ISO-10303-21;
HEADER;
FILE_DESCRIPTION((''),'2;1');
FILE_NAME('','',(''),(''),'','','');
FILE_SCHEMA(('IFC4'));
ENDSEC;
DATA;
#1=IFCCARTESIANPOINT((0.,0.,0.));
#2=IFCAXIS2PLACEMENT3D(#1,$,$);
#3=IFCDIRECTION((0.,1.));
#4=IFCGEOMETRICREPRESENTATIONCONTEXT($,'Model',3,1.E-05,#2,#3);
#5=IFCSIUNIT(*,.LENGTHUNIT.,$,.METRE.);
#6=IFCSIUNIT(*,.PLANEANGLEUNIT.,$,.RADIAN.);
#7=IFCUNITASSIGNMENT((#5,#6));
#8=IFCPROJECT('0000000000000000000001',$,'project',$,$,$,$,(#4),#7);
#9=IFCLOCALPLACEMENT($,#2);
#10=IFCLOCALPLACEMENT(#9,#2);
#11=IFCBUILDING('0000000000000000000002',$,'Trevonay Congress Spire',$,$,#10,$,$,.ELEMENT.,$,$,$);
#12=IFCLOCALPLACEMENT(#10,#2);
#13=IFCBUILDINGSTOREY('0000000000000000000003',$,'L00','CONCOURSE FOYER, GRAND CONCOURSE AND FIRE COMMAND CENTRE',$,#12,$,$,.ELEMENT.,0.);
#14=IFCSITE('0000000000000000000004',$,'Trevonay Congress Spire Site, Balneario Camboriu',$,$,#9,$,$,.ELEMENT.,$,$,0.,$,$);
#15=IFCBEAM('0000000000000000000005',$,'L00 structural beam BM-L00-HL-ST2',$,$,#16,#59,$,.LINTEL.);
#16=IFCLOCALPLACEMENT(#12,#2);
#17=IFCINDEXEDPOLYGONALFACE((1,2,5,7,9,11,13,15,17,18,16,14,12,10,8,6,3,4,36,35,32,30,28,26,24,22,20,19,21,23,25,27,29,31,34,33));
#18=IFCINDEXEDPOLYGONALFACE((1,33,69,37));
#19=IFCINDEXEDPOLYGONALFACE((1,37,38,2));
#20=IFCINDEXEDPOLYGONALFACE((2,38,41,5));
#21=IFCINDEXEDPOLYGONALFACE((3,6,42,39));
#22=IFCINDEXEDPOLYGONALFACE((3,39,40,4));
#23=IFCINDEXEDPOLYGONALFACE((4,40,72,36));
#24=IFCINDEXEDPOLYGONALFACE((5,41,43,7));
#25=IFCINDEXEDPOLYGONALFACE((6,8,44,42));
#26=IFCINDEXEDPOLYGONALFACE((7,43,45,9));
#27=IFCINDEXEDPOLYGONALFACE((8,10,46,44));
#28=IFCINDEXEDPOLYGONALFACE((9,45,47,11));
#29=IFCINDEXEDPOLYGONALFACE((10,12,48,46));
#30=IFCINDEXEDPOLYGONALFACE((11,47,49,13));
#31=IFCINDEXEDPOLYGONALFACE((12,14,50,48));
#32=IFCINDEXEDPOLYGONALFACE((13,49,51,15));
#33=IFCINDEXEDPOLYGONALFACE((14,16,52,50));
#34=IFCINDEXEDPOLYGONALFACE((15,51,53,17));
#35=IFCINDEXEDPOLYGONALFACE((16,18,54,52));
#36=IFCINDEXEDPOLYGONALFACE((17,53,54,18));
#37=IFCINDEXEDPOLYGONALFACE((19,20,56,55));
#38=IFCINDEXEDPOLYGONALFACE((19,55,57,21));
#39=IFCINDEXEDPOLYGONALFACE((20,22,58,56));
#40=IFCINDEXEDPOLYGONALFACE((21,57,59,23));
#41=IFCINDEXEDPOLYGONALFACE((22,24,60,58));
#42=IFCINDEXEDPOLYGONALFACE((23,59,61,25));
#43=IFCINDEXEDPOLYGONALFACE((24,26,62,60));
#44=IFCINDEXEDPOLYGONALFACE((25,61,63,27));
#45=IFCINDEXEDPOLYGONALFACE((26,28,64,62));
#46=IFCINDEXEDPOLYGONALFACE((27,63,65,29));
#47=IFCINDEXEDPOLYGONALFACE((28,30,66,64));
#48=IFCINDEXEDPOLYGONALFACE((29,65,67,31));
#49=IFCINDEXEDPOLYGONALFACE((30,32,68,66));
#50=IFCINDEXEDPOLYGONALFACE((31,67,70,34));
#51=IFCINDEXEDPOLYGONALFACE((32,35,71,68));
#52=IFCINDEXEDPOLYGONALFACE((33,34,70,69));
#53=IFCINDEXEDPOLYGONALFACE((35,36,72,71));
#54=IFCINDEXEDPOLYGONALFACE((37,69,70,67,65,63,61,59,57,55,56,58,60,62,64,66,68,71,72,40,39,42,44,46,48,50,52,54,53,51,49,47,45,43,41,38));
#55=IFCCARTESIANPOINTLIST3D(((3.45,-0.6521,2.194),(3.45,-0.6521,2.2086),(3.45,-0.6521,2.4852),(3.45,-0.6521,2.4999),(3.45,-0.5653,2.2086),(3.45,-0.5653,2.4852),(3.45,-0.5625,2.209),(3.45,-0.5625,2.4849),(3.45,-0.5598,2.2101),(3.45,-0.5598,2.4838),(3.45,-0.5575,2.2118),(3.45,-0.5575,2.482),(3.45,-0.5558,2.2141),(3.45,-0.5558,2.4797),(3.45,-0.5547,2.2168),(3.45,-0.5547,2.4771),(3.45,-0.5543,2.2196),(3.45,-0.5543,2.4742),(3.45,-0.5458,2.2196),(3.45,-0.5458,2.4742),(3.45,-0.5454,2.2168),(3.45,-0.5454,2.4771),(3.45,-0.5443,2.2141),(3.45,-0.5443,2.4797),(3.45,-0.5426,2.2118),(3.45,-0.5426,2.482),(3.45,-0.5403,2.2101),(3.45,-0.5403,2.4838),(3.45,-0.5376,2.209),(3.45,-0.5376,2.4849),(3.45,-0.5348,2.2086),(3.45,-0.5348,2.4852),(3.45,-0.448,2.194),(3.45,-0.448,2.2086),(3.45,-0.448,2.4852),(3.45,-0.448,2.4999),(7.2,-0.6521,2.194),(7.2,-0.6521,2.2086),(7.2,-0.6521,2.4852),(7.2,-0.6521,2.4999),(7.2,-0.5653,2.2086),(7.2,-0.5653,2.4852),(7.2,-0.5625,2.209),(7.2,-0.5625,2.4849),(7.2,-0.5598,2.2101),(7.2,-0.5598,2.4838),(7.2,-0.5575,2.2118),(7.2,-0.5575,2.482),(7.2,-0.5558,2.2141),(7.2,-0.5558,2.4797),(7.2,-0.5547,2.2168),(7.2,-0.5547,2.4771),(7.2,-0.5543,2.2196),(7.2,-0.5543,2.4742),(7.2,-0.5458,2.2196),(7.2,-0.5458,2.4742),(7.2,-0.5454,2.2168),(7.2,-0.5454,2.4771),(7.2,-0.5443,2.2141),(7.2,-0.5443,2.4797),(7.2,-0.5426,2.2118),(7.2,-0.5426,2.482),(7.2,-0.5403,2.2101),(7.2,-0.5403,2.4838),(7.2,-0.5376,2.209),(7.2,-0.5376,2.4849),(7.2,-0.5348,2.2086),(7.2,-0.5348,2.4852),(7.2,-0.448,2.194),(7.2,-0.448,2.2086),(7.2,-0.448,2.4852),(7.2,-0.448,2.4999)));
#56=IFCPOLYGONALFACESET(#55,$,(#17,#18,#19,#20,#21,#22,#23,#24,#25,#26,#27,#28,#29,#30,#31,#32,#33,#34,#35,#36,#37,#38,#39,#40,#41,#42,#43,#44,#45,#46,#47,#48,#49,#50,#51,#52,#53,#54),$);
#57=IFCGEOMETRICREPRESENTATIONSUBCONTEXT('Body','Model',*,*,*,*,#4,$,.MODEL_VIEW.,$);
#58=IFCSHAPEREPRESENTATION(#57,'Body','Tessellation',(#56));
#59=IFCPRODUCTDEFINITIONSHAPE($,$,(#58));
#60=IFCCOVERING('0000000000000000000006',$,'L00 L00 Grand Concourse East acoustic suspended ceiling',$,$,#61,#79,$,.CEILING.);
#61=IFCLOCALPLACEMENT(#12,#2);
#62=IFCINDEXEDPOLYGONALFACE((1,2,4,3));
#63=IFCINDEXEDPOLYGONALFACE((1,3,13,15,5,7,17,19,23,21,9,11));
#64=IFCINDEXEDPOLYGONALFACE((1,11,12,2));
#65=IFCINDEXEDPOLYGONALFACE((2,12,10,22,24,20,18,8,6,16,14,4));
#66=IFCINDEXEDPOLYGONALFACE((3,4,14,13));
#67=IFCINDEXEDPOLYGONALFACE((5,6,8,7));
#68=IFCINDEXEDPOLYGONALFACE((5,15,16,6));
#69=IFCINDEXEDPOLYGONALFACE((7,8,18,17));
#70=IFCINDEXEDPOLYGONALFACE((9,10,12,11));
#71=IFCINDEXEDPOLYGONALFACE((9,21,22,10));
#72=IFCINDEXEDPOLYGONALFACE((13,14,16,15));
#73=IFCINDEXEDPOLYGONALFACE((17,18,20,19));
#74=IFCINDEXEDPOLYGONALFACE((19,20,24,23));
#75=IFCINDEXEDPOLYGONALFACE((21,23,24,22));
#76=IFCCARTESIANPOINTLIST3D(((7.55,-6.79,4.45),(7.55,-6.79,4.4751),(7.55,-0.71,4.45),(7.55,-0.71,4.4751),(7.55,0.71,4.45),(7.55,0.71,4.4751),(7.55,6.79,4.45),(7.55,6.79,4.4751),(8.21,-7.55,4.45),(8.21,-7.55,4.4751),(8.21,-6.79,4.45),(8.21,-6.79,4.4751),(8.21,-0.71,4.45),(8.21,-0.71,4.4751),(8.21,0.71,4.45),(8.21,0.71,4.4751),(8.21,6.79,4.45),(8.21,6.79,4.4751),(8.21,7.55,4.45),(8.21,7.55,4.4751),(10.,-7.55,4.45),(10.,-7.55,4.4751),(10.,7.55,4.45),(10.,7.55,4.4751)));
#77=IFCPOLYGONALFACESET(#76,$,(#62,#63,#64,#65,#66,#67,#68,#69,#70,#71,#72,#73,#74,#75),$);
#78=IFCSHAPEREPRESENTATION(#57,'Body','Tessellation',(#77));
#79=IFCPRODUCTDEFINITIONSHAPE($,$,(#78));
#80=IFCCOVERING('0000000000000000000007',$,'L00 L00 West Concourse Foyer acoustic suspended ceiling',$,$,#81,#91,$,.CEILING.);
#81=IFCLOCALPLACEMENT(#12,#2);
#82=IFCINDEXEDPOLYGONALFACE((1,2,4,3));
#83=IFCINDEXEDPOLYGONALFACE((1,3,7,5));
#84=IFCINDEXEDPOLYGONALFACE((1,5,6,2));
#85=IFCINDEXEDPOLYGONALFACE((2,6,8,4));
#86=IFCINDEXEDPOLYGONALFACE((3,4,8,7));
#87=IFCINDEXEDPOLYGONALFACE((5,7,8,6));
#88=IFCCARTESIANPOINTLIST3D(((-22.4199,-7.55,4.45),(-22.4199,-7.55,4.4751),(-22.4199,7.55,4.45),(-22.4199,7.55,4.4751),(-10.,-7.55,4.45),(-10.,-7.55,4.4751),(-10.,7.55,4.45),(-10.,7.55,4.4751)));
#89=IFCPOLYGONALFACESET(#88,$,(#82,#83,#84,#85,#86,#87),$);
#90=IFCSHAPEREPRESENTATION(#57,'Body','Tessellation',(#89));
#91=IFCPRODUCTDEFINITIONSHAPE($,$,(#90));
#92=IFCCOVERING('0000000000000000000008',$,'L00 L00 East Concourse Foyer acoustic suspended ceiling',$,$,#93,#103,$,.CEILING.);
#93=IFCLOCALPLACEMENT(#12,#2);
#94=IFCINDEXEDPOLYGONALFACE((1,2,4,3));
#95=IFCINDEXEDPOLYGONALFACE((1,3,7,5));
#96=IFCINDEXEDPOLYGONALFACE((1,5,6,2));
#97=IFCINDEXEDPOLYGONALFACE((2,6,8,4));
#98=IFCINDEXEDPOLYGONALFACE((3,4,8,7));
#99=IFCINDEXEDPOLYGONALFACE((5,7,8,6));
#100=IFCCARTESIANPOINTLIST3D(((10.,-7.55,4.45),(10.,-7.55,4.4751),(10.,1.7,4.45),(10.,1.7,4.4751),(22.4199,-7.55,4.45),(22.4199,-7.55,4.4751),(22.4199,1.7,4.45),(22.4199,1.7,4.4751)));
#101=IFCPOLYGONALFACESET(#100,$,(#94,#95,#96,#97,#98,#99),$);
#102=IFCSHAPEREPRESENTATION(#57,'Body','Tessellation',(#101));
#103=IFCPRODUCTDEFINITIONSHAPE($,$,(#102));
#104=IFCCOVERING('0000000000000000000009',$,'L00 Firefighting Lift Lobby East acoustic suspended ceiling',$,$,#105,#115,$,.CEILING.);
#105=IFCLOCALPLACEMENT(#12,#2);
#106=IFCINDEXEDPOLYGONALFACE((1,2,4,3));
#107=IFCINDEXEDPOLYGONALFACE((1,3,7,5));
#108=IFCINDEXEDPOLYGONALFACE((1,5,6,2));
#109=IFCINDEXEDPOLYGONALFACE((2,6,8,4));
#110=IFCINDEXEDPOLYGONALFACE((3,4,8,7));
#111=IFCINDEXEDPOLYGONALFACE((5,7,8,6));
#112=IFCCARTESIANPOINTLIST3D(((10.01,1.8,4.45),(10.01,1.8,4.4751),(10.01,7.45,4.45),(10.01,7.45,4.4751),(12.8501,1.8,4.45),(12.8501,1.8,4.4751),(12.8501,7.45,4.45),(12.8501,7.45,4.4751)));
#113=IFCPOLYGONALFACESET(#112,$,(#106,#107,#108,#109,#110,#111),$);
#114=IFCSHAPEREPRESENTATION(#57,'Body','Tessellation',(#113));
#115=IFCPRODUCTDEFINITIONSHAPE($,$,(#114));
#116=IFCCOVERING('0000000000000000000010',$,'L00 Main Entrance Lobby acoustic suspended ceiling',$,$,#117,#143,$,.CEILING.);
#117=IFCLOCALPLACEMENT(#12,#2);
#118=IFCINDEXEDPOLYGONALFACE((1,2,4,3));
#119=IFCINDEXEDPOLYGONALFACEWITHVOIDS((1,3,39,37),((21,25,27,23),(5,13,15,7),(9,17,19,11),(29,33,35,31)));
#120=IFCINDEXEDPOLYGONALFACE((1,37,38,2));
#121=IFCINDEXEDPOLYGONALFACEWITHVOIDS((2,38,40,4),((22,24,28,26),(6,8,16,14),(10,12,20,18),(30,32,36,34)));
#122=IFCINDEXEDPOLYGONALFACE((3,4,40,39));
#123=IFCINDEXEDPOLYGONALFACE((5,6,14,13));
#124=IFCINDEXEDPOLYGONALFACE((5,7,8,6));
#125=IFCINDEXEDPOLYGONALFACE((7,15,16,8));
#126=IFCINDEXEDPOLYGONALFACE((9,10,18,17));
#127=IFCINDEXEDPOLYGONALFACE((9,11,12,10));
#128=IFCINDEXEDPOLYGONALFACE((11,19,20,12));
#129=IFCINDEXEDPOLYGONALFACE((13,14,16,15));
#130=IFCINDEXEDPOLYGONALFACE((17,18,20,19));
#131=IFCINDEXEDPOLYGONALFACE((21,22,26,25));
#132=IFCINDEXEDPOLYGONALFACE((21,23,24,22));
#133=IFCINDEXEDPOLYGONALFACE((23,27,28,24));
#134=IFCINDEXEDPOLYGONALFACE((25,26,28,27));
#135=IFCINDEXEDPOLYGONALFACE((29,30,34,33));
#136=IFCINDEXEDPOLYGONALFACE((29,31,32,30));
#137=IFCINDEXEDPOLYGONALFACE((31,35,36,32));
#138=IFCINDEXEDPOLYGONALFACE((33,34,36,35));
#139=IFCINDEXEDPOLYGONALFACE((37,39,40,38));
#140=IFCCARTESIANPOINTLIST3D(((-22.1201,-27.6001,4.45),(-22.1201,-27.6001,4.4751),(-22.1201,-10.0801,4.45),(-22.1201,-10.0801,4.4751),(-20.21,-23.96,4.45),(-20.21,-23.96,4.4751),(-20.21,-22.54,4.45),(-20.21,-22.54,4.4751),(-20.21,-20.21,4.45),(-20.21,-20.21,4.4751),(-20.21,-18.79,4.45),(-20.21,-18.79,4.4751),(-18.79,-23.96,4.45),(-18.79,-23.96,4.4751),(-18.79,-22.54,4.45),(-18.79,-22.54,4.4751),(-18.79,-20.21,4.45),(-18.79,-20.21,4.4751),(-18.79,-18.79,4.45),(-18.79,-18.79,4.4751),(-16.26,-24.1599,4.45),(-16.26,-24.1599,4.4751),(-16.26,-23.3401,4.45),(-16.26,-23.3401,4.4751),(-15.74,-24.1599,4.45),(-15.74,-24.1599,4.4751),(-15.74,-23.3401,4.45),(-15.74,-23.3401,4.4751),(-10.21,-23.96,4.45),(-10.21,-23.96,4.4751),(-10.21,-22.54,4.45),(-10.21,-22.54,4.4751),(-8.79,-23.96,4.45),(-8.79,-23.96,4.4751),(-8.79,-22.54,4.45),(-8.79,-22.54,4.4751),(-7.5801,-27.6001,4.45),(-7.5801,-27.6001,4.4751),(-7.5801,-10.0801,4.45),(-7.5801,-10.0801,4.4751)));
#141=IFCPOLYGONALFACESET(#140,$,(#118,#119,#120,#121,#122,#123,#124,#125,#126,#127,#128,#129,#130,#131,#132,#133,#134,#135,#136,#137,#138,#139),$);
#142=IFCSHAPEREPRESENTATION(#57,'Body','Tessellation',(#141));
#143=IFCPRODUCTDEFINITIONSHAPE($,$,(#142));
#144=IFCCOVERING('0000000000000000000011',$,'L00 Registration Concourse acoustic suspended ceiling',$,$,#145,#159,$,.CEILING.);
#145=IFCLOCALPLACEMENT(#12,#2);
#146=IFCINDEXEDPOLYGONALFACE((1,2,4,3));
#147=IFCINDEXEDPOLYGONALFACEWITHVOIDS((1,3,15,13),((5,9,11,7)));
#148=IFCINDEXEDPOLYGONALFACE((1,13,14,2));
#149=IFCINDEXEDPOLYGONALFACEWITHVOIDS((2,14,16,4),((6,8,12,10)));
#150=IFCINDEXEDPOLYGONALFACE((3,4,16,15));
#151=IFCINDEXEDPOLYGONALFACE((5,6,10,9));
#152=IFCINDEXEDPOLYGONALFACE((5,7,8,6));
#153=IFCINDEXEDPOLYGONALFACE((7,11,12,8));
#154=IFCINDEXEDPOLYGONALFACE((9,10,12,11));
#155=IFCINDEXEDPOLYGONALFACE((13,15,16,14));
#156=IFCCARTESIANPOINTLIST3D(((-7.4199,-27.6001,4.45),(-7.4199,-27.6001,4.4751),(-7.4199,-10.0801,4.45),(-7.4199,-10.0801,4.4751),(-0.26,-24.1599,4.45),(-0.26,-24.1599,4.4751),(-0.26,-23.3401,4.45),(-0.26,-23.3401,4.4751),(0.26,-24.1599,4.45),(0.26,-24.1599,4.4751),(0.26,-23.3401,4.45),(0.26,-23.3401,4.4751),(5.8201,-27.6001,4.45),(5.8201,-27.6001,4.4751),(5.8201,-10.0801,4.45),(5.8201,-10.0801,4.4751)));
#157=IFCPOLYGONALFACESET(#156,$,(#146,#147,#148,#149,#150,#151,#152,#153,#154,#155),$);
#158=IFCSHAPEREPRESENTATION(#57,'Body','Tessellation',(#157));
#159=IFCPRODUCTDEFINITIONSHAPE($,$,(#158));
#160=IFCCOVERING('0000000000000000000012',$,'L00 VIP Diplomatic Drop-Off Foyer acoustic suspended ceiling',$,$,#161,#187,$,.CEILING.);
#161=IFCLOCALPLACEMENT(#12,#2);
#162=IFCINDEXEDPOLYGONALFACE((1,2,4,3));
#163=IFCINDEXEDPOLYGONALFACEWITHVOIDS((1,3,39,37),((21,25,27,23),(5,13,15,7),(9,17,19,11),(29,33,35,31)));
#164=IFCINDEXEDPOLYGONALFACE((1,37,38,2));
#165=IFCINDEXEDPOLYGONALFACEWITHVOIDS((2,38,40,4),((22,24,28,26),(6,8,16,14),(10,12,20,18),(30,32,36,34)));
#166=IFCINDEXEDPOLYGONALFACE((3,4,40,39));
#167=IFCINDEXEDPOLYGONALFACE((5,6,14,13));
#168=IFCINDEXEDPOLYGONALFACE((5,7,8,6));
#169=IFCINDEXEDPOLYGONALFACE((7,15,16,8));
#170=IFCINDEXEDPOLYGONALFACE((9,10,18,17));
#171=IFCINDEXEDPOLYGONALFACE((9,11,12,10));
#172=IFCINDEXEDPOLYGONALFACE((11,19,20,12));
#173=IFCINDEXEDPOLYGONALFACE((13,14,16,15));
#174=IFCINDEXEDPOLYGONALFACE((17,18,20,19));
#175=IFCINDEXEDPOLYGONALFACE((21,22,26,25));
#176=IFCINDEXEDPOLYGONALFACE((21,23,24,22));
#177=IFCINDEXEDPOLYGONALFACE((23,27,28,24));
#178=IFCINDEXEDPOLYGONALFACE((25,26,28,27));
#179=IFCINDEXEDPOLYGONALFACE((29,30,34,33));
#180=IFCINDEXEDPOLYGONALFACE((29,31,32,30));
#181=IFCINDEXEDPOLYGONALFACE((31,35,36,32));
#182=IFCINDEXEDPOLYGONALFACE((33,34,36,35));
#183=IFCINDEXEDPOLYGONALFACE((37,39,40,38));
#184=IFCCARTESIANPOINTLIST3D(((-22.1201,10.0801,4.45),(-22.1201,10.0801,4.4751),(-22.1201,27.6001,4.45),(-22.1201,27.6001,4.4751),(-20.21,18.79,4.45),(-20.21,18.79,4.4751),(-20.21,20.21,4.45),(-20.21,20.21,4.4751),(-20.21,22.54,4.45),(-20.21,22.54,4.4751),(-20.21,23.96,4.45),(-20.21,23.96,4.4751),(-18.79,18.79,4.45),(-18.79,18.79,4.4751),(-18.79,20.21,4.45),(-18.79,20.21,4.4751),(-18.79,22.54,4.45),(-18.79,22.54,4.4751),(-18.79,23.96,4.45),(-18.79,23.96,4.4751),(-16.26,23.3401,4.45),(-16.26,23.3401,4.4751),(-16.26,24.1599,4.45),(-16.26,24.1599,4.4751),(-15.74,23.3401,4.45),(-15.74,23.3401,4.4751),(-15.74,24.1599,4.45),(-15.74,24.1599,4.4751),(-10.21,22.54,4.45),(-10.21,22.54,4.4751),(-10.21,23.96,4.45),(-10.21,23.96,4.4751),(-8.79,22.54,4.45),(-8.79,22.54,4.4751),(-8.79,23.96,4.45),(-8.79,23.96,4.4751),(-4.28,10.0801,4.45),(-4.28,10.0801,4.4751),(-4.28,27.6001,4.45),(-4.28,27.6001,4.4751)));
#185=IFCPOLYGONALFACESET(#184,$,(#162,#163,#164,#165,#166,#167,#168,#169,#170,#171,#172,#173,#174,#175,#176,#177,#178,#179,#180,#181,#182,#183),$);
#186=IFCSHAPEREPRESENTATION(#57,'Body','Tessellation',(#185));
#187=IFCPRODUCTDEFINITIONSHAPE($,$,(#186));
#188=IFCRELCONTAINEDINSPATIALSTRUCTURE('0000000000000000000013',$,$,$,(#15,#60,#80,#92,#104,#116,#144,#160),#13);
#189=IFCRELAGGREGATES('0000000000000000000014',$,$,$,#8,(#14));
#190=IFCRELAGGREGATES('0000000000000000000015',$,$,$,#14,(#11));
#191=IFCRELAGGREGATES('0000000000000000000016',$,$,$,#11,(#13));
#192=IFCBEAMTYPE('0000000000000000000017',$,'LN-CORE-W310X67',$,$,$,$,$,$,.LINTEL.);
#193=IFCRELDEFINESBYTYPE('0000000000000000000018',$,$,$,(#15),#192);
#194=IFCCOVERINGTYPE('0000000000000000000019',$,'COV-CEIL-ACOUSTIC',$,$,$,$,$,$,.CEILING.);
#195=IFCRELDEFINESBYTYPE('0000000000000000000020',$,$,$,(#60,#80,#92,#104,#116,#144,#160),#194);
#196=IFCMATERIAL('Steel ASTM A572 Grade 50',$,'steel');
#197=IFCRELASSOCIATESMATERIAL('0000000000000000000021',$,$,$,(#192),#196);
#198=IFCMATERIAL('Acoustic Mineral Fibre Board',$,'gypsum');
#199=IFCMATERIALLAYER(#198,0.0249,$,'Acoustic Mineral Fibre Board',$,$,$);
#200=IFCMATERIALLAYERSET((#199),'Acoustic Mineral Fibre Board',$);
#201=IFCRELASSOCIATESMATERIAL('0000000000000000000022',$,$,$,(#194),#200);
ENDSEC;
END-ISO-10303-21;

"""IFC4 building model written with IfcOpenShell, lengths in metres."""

from ifc_helpers import new_model, si_unit, direction, frame, origin, origin_2d, place, context, subcontext, project, spatial, polyline, i_section, outline, extrude, material, layer, layer_set, material_profile, profile_set, type_object, element, save


model = new_model("IFC4")

# Units and contexts
model_context = context("Model", 3, precision=1e-05, world=origin(), true_north=direction((0.0, 1.0)))
body_context = subcontext(model_context, "Body", "Model", "MODEL_VIEW")
ifc_project = project(units=[si_unit("LENGTHUNIT", "METRE"), si_unit("PLANEANGLEUNIT", "RADIAN")], contexts=[model_context])

# Site, building, storey
site_placement = place(None, origin())
site = spatial("IfcSite", under=ifc_project, at=site_placement, Name="Trevonay Congress Spire Site, Balneario Camboriu", CompositionType="ELEMENT", RefElevation=0.0)
building_placement = place(site_placement, origin())
building = spatial("IfcBuilding", under=site, at=building_placement, Name="Trevonay Congress Spire", CompositionType="ELEMENT")
storey_placement = place(building_placement, origin())
storey = spatial("IfcBuildingStorey", under=building, at=storey_placement, Name="L00", Description="CONCOURSE FOYER, GRAND CONCOURSE AND FIRE COMMAND CENTRE", CompositionType="ELEMENT", Elevation=0.0)

# Beam
ifc_material_1 = material(Name="Steel ASTM A572 Grade 50", Category="steel")
ifc_material_profile = material_profile(ifc_material_1, i_section(OverallWidth=0.2041, OverallDepth=0.3059, WebThickness=0.0085, FlangeThickness=0.0146, FilletRadius=0.011, at=origin_2d()), Name="W310x67")
ifc_profile_set = profile_set([ifc_material_profile], Name="Steel ASTM A572 Grade 50")
beam_type = type_object("IfcBeamType", Name="LN-CORE-W310X67", PredefinedType="LINTEL", material=ifc_profile_set)
beam_placement = place(storey_placement, frame((3.45, -0.55, 2.3469), z_axis=(1.0, 0.0, 0.0), x_axis=(0.0, 1.0, 0.0)))
element("IfcBeam", 1, at=beam_placement, inside=storey, type_object=beam_type, Name="L00 structural beam BM-L00-HL-ST2", PredefinedType="LINTEL", context=body_context, shape_type="SweptSolid", body=[
    extrude(i_section(OverallWidth=0.2041, OverallDepth=0.3059, WebThickness=0.0085, FlangeThickness=0.0146, FilletRadius=0.011, at=origin_2d()), origin(), (0.0, 0.0, 1.0), 3.75),
])

# Coverings
ifc_material_2 = material(Name="Acoustic Mineral Fibre Board", Category="gypsum")
ifc_layer_1 = layer(ifc_material_2, 0.0249, Name="Acoustic Mineral Fibre Board")
ifc_layer_set_1 = layer_set([ifc_layer_1], Name="Acoustic Mineral Fibre Board")
covering_type_1 = type_object("IfcCoveringType", Name="COV-CEIL-ACOUSTIC", PredefinedType="CEILING", material=ifc_layer_set_1)
covering_1_placement = place(storey_placement, frame((0.0, 0.0, 4.45)))
element("IfcCovering", 2, at=covering_1_placement, inside=storey, type_object=covering_type_1, Name="L00 L00 Grand Concourse East acoustic suspended ceiling", PredefinedType="CEILING", context=body_context, shape_type="SweptSolid", body=[
    extrude(outline(polyline([(10.0, -7.55), (8.21, -7.55), (8.21, -6.79), (7.55, -6.79), (7.55, -0.71), (8.21, -0.71), (8.21, 0.71), (7.55, 0.71), (7.55, 6.79), (8.21, 6.79), (8.21, 7.55), (10.0, 7.55), (10.0, -7.55)])), origin(), (0.0, 0.0, 1.0), 0.0251),
])
covering_2_placement = place(storey_placement, frame((0.0, 0.0, 4.45)))
element("IfcCovering", 3, at=covering_2_placement, inside=storey, type_object=covering_type_1, Name="L00 L00 West Concourse Foyer acoustic suspended ceiling", PredefinedType="CEILING", context=body_context, shape_type="SweptSolid", body=[
    extrude(outline(polyline([(-22.4199, -7.55), (-22.4199, 7.55), (-10.0, 7.55), (-10.0, -7.55), (-22.4199, -7.55)])), origin(), (0.0, 0.0, 1.0), 0.0251),
])
covering_3_placement = place(storey_placement, frame((0.0, 0.0, 4.45)))
element("IfcCovering", 4, at=covering_3_placement, inside=storey, type_object=covering_type_1, Name="L00 L00 East Concourse Foyer acoustic suspended ceiling", PredefinedType="CEILING", context=body_context, shape_type="SweptSolid", body=[
    extrude(outline(polyline([(10.0, -7.55), (10.0, 1.7), (22.4199, 1.7), (22.4199, -7.55), (10.0, -7.55)])), origin(), (0.0, 0.0, 1.0), 0.0251),
])
covering_4_placement = place(storey_placement, frame((0.0, 0.0, 4.45)))
element("IfcCovering", 5, at=covering_4_placement, inside=storey, type_object=covering_type_1, Name="L00 Firefighting Lift Lobby East acoustic suspended ceiling", PredefinedType="CEILING", context=body_context, shape_type="SweptSolid", body=[
    extrude(outline(polyline([(12.8501, 1.8), (10.01, 1.8), (10.01, 7.45), (12.8501, 7.45), (12.8501, 1.8)])), origin(), (0.0, 0.0, 1.0), 0.0251),
])
covering_5_placement = place(storey_placement, frame((0.0, 0.0, 4.45)))
element("IfcCovering", 6, at=covering_5_placement, inside=storey, type_object=covering_type_1, Name="L00 Main Entrance Lobby acoustic suspended ceiling", PredefinedType="CEILING", context=body_context, shape_type="SweptSolid", body=[
    extrude(outline(polyline([(-22.1201, -10.0801), (-7.5801, -10.0801), (-7.5801, -27.6001), (-22.1201, -27.6001), (-22.1201, -10.0801)]), holes=[polyline([(-16.26, -23.3401), (-16.26, -24.1599), (-15.74, -24.1599), (-15.74, -23.3401), (-16.26, -23.3401)]), polyline([(-20.21, -22.54), (-20.21, -23.96), (-18.79, -23.96), (-18.79, -22.54), (-20.21, -22.54)]), polyline([(-10.21, -22.54), (-10.21, -23.96), (-8.79, -23.96), (-8.79, -22.54), (-10.21, -22.54)]), polyline([(-20.21, -18.79), (-20.21, -20.21), (-18.79, -20.21), (-18.79, -18.79), (-20.21, -18.79)])]), origin(), (0.0, 0.0, 1.0), 0.0251),
])
covering_6_placement = place(storey_placement, frame((0.0, 0.0, 4.45)))
element("IfcCovering", 7, at=covering_6_placement, inside=storey, type_object=covering_type_1, Name="L00 Registration Concourse acoustic suspended ceiling", PredefinedType="CEILING", context=body_context, shape_type="SweptSolid", body=[
    extrude(outline(polyline([(-7.4199, -10.0801), (5.8201, -10.0801), (5.8201, -27.6001), (-7.4199, -27.6001), (-7.4199, -10.0801)]), holes=[polyline([(0.26, -24.1599), (0.26, -23.3401), (-0.26, -23.3401), (-0.26, -24.1599), (0.26, -24.1599)])]), origin(), (0.0, 0.0, 1.0), 0.0251),
])
covering_7_placement = place(storey_placement, frame((0.0, 0.0, 4.45)))
element("IfcCovering", 8, at=covering_7_placement, inside=storey, type_object=covering_type_1, Name="L00 VIP Diplomatic Drop-Off Foyer acoustic suspended ceiling", PredefinedType="CEILING", context=body_context, shape_type="SweptSolid", body=[
    extrude(outline(polyline([(-22.1201, 27.6001), (-4.28, 27.6001), (-4.28, 10.0801), (-22.1201, 10.0801), (-22.1201, 27.6001)]), holes=[polyline([(-20.21, 20.21), (-20.21, 18.79), (-18.79, 18.79), (-18.79, 20.21), (-20.21, 20.21)]), polyline([(-20.21, 23.96), (-20.21, 22.54), (-18.79, 22.54), (-18.79, 23.96), (-20.21, 23.96)]), polyline([(-10.21, 23.96), (-10.21, 22.54), (-8.79, 22.54), (-8.79, 23.96), (-10.21, 23.96)]), polyline([(-16.26, 24.1599), (-16.26, 23.3401), (-15.74, 23.3401), (-15.74, 24.1599), (-16.26, 24.1599)])]), origin(), (0.0, 0.0, 1.0), 0.0251),
])

save(model, "model.ifc")
